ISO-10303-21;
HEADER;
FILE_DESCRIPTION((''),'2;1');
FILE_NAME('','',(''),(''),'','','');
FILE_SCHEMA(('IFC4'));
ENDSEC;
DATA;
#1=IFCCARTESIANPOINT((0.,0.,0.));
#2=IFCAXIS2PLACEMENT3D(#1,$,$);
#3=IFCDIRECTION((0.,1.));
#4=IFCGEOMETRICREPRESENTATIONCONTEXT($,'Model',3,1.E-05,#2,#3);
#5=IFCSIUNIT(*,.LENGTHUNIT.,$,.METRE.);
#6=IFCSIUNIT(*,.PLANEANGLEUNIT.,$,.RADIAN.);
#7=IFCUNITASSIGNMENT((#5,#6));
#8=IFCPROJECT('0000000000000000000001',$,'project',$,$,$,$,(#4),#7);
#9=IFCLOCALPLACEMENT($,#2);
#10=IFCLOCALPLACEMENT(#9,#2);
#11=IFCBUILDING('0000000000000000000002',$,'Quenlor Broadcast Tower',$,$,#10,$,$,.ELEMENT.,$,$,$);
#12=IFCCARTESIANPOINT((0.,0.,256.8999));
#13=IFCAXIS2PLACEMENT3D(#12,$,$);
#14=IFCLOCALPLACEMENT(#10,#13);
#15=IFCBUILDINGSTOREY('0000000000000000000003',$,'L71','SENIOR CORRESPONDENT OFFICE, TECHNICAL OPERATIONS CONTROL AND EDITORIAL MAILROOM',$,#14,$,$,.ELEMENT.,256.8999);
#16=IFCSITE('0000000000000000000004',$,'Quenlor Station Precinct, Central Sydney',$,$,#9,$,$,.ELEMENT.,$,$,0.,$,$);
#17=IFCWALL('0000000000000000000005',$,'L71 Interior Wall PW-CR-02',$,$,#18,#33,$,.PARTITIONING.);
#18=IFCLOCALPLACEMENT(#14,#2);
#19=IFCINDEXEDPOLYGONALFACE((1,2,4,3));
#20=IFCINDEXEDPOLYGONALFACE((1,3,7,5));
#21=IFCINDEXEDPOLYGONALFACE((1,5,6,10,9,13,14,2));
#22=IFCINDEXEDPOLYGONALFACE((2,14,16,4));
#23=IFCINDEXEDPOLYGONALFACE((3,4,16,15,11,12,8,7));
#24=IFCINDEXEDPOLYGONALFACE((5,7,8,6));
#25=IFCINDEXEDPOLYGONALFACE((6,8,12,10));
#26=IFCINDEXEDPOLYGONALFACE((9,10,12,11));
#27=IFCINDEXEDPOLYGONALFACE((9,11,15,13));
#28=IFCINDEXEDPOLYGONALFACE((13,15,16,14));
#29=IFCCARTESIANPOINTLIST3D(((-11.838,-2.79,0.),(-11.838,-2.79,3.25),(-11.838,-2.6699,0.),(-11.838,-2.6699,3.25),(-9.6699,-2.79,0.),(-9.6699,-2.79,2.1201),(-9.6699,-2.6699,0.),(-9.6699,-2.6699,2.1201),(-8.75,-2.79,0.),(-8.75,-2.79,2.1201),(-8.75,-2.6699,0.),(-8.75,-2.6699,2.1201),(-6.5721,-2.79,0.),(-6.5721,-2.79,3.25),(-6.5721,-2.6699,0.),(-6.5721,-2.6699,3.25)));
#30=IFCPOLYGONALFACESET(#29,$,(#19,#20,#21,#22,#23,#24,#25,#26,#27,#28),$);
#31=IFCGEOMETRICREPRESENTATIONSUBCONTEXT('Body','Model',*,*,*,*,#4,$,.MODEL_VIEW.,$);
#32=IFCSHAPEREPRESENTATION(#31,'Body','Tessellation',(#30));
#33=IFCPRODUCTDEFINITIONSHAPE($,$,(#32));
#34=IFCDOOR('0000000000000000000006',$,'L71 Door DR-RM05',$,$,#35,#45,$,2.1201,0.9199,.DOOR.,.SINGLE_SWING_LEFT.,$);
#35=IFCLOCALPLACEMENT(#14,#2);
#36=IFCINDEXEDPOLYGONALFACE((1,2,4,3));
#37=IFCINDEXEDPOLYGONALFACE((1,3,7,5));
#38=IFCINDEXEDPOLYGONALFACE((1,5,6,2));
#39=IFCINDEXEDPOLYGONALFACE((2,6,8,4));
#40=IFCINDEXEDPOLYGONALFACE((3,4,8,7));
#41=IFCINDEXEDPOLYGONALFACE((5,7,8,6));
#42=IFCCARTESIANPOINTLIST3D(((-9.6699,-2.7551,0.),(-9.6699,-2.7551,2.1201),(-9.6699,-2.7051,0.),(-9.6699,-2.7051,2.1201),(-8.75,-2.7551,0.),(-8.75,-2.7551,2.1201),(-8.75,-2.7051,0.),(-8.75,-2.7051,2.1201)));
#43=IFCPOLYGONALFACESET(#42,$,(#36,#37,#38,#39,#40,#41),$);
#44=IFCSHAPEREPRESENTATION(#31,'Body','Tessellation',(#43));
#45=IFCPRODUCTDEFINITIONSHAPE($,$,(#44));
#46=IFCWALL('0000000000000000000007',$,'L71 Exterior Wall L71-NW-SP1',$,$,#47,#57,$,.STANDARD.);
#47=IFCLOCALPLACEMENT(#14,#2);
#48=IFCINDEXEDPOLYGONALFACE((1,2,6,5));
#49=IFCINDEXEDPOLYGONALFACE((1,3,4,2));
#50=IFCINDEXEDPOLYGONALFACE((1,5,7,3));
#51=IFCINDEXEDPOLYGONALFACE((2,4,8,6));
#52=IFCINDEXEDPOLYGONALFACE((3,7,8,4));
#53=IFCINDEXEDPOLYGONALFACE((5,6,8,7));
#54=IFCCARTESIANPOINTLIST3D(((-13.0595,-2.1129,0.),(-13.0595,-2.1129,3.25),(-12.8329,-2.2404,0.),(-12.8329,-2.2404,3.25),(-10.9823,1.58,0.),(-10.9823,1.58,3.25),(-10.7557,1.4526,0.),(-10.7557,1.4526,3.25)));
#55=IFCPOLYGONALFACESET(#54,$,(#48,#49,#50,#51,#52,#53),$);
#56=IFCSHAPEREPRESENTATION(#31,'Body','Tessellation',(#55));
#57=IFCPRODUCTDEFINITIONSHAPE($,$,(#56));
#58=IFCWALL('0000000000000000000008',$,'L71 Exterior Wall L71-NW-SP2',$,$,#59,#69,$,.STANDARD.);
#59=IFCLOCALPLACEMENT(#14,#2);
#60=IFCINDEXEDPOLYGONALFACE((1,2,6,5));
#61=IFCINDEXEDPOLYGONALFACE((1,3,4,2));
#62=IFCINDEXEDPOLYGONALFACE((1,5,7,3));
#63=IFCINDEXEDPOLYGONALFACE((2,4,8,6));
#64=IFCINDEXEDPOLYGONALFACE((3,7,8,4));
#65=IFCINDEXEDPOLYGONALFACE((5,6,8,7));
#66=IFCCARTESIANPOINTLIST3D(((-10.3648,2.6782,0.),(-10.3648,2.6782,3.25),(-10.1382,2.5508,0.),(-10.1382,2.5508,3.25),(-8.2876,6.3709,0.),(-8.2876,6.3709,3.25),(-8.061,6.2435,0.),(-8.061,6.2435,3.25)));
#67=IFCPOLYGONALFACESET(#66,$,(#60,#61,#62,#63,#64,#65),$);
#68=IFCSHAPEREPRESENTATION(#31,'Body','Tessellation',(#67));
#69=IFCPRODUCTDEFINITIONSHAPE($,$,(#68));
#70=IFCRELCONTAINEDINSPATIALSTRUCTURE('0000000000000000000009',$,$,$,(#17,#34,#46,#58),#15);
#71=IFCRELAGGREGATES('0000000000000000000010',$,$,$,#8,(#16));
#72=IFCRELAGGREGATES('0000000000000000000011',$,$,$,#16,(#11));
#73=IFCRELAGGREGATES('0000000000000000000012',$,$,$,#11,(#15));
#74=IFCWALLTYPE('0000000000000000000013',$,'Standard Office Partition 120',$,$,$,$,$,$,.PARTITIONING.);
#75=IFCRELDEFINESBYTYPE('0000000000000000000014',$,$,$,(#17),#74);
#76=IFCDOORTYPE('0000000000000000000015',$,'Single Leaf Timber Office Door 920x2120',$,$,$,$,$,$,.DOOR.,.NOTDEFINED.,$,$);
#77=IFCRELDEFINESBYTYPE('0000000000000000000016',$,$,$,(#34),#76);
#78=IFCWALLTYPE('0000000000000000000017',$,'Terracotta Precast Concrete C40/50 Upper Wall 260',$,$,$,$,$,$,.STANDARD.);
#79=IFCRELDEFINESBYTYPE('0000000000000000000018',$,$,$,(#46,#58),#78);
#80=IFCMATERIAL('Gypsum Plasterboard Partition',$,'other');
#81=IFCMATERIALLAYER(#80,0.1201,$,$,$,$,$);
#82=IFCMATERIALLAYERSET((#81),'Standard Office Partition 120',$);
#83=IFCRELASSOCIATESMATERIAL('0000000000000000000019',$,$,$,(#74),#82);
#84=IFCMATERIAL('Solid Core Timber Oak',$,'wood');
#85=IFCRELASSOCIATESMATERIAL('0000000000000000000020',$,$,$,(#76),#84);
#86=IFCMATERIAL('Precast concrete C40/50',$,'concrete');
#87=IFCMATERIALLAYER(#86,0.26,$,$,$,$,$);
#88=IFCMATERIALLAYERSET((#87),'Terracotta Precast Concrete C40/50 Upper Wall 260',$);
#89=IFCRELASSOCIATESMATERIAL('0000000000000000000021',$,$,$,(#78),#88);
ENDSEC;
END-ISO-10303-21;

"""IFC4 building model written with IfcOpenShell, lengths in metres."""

from ifc_helpers import new_model, si_unit, direction, frame, frame_2d, origin, place, context, subcontext, project, spatial, rectangle, extrude, material, layer, layer_set, type_object, element, fill, save


model = new_model("IFC4")

# Units and contexts
model_context = context("Model", 3, precision=1e-05, world=origin(), true_north=direction((0.0, 1.0)))
body_context = subcontext(model_context, "Body", "Model", "MODEL_VIEW")
ifc_project = project(units=[si_unit("LENGTHUNIT", "METRE"), si_unit("PLANEANGLEUNIT", "RADIAN")], contexts=[model_context])

# Site, building, storey
site_placement = place(None, origin())
site = spatial("IfcSite", under=ifc_project, at=site_placement, Name="Quenlor Station Precinct, Central Sydney", CompositionType="ELEMENT", RefElevation=0.0)
building_placement = place(site_placement, origin())
building = spatial("IfcBuilding", under=site, at=building_placement, Name="Quenlor Broadcast Tower", CompositionType="ELEMENT")
storey_placement = place(building_placement, frame((0.0, 0.0, 256.8999)))
storey = spatial("IfcBuildingStorey", under=building, at=storey_placement, Name="L71", Description="SENIOR CORRESPONDENT OFFICE, TECHNICAL OPERATIONS CONTROL AND EDITORIAL MAILROOM", CompositionType="ELEMENT", Elevation=256.8999)

# Shared definitions
ifc_material_1 = material(Name="Gypsum Plasterboard Partition", Category="other")
ifc_layer_1 = layer(ifc_material_1, 0.1201)
ifc_layer_set_1 = layer_set([ifc_layer_1], Name="Standard Office Partition 120")
wall_type_1 = type_object("IfcWallType", Name="Standard Office Partition 120", PredefinedType="PARTITIONING", material=ifc_layer_set_1)

# Wall, opening, door
wall_1_placement = place(storey_placement, frame((-11.8379, -2.73, 0.0), z_axis=(0.0, 0.0, 1.0), x_axis=(1.0, 0.0, 0.0)))
wall_1 = element("IfcWall", 1, at=wall_1_placement, inside=storey, type_object=wall_type_1, Name="L71 Interior Wall PW-CR-02", PredefinedType="PARTITIONING", context=body_context, shape_type="SweptSolid", body=[
    extrude(rectangle(XDim=5.2659, YDim=0.1201, at=frame_2d((2.6328, 0.0))), origin(), (0.0, 0.0, 1.0), 3.25),
])
opening_placement = place(wall_1_placement, frame((2.168, 0.0, 0.0)))
opening = element("IfcOpeningElement", 2, at=opening_placement, cuts=wall_1, PredefinedType="OPENING", context=body_context, shape_type="SweptSolid", body=[
    extrude(rectangle(XDim=0.9199, YDim=2.1201, at=frame_2d((0.46, 1.0601))), frame((0.0, 0.0701, 0.0), z_axis=(0.0, -1.0, 0.0), x_axis=(1.0, 0.0, 0.0)), (0.0, 0.0, 1.0), 0.1401),
])
ifc_material_2 = material(Name="Solid Core Timber Oak", Category="wood")
door_type = type_object("IfcDoorType", Name="Single Leaf Timber Office Door 920x2120", OperationType="NOTDEFINED", PredefinedType="DOOR", material=ifc_material_2)
door_placement = place(opening_placement, origin())
door = element("IfcDoor", 3, at=door_placement, inside=storey, type_object=door_type, Name="L71 Door DR-RM05", OperationType="SINGLE_SWING_LEFT", OverallHeight=2.1201, OverallWidth=0.9199, PredefinedType="DOOR", context=body_context, shape_type="SweptSolid", body=[
    extrude(rectangle(XDim=0.9199, YDim=2.1201, at=frame_2d((0.46, 1.0601))), frame((0.0, 0.0249, 0.0), z_axis=(0.0, -1.0, 0.0), x_axis=(1.0, 0.0, 0.0)), (0.0, 0.0, 1.0), 0.05),
])
fill(opening, door)

# Walls
ifc_material_3 = material(Name="Precast concrete C40/50", Category="concrete")
ifc_layer_2 = layer(ifc_material_3, 0.26)
ifc_layer_set_2 = layer_set([ifc_layer_2], Name="Terracotta Precast Concrete C40/50 Upper Wall 260")
wall_type_2 = type_object("IfcWallType", Name="Terracotta Precast Concrete C40/50 Upper Wall 260", PredefinedType="STANDARD", material=ifc_layer_set_2)
wall_2_placement = place(storey_placement, frame((-12.9463, -2.1768, 0.0), z_axis=(0.0, 0.0, 1.0), x_axis=(0.490245, 0.871585, 0.0)))
element("IfcWall", 4, at=wall_2_placement, inside=storey, type_object=wall_type_2, Name="L71 Exterior Wall L71-NW-SP1", PredefinedType="STANDARD", context=body_context, shape_type="SweptSolid", body=[
    extrude(rectangle(XDim=4.2371, YDim=0.26, at=frame_2d((2.1187, 0.0))), origin(), (0.0, 0.0, 1.0), 3.25),
])
wall_3_placement = place(storey_placement, frame((-10.2515, 2.6145, 0.0), z_axis=(0.0, 0.0, 1.0), x_axis=(0.490269, 0.871571, 0.0)))
element("IfcWall", 5, at=wall_3_placement, inside=storey, type_object=wall_type_2, Name="L71 Exterior Wall L71-NW-SP2", PredefinedType="STANDARD", context=body_context, shape_type="SweptSolid", body=[
    extrude(rectangle(XDim=4.2368, YDim=0.26, at=frame_2d((2.1184, 0.0))), origin(), (0.0, 0.0, 1.0), 3.25),
])

save(model, "model.ifc")
